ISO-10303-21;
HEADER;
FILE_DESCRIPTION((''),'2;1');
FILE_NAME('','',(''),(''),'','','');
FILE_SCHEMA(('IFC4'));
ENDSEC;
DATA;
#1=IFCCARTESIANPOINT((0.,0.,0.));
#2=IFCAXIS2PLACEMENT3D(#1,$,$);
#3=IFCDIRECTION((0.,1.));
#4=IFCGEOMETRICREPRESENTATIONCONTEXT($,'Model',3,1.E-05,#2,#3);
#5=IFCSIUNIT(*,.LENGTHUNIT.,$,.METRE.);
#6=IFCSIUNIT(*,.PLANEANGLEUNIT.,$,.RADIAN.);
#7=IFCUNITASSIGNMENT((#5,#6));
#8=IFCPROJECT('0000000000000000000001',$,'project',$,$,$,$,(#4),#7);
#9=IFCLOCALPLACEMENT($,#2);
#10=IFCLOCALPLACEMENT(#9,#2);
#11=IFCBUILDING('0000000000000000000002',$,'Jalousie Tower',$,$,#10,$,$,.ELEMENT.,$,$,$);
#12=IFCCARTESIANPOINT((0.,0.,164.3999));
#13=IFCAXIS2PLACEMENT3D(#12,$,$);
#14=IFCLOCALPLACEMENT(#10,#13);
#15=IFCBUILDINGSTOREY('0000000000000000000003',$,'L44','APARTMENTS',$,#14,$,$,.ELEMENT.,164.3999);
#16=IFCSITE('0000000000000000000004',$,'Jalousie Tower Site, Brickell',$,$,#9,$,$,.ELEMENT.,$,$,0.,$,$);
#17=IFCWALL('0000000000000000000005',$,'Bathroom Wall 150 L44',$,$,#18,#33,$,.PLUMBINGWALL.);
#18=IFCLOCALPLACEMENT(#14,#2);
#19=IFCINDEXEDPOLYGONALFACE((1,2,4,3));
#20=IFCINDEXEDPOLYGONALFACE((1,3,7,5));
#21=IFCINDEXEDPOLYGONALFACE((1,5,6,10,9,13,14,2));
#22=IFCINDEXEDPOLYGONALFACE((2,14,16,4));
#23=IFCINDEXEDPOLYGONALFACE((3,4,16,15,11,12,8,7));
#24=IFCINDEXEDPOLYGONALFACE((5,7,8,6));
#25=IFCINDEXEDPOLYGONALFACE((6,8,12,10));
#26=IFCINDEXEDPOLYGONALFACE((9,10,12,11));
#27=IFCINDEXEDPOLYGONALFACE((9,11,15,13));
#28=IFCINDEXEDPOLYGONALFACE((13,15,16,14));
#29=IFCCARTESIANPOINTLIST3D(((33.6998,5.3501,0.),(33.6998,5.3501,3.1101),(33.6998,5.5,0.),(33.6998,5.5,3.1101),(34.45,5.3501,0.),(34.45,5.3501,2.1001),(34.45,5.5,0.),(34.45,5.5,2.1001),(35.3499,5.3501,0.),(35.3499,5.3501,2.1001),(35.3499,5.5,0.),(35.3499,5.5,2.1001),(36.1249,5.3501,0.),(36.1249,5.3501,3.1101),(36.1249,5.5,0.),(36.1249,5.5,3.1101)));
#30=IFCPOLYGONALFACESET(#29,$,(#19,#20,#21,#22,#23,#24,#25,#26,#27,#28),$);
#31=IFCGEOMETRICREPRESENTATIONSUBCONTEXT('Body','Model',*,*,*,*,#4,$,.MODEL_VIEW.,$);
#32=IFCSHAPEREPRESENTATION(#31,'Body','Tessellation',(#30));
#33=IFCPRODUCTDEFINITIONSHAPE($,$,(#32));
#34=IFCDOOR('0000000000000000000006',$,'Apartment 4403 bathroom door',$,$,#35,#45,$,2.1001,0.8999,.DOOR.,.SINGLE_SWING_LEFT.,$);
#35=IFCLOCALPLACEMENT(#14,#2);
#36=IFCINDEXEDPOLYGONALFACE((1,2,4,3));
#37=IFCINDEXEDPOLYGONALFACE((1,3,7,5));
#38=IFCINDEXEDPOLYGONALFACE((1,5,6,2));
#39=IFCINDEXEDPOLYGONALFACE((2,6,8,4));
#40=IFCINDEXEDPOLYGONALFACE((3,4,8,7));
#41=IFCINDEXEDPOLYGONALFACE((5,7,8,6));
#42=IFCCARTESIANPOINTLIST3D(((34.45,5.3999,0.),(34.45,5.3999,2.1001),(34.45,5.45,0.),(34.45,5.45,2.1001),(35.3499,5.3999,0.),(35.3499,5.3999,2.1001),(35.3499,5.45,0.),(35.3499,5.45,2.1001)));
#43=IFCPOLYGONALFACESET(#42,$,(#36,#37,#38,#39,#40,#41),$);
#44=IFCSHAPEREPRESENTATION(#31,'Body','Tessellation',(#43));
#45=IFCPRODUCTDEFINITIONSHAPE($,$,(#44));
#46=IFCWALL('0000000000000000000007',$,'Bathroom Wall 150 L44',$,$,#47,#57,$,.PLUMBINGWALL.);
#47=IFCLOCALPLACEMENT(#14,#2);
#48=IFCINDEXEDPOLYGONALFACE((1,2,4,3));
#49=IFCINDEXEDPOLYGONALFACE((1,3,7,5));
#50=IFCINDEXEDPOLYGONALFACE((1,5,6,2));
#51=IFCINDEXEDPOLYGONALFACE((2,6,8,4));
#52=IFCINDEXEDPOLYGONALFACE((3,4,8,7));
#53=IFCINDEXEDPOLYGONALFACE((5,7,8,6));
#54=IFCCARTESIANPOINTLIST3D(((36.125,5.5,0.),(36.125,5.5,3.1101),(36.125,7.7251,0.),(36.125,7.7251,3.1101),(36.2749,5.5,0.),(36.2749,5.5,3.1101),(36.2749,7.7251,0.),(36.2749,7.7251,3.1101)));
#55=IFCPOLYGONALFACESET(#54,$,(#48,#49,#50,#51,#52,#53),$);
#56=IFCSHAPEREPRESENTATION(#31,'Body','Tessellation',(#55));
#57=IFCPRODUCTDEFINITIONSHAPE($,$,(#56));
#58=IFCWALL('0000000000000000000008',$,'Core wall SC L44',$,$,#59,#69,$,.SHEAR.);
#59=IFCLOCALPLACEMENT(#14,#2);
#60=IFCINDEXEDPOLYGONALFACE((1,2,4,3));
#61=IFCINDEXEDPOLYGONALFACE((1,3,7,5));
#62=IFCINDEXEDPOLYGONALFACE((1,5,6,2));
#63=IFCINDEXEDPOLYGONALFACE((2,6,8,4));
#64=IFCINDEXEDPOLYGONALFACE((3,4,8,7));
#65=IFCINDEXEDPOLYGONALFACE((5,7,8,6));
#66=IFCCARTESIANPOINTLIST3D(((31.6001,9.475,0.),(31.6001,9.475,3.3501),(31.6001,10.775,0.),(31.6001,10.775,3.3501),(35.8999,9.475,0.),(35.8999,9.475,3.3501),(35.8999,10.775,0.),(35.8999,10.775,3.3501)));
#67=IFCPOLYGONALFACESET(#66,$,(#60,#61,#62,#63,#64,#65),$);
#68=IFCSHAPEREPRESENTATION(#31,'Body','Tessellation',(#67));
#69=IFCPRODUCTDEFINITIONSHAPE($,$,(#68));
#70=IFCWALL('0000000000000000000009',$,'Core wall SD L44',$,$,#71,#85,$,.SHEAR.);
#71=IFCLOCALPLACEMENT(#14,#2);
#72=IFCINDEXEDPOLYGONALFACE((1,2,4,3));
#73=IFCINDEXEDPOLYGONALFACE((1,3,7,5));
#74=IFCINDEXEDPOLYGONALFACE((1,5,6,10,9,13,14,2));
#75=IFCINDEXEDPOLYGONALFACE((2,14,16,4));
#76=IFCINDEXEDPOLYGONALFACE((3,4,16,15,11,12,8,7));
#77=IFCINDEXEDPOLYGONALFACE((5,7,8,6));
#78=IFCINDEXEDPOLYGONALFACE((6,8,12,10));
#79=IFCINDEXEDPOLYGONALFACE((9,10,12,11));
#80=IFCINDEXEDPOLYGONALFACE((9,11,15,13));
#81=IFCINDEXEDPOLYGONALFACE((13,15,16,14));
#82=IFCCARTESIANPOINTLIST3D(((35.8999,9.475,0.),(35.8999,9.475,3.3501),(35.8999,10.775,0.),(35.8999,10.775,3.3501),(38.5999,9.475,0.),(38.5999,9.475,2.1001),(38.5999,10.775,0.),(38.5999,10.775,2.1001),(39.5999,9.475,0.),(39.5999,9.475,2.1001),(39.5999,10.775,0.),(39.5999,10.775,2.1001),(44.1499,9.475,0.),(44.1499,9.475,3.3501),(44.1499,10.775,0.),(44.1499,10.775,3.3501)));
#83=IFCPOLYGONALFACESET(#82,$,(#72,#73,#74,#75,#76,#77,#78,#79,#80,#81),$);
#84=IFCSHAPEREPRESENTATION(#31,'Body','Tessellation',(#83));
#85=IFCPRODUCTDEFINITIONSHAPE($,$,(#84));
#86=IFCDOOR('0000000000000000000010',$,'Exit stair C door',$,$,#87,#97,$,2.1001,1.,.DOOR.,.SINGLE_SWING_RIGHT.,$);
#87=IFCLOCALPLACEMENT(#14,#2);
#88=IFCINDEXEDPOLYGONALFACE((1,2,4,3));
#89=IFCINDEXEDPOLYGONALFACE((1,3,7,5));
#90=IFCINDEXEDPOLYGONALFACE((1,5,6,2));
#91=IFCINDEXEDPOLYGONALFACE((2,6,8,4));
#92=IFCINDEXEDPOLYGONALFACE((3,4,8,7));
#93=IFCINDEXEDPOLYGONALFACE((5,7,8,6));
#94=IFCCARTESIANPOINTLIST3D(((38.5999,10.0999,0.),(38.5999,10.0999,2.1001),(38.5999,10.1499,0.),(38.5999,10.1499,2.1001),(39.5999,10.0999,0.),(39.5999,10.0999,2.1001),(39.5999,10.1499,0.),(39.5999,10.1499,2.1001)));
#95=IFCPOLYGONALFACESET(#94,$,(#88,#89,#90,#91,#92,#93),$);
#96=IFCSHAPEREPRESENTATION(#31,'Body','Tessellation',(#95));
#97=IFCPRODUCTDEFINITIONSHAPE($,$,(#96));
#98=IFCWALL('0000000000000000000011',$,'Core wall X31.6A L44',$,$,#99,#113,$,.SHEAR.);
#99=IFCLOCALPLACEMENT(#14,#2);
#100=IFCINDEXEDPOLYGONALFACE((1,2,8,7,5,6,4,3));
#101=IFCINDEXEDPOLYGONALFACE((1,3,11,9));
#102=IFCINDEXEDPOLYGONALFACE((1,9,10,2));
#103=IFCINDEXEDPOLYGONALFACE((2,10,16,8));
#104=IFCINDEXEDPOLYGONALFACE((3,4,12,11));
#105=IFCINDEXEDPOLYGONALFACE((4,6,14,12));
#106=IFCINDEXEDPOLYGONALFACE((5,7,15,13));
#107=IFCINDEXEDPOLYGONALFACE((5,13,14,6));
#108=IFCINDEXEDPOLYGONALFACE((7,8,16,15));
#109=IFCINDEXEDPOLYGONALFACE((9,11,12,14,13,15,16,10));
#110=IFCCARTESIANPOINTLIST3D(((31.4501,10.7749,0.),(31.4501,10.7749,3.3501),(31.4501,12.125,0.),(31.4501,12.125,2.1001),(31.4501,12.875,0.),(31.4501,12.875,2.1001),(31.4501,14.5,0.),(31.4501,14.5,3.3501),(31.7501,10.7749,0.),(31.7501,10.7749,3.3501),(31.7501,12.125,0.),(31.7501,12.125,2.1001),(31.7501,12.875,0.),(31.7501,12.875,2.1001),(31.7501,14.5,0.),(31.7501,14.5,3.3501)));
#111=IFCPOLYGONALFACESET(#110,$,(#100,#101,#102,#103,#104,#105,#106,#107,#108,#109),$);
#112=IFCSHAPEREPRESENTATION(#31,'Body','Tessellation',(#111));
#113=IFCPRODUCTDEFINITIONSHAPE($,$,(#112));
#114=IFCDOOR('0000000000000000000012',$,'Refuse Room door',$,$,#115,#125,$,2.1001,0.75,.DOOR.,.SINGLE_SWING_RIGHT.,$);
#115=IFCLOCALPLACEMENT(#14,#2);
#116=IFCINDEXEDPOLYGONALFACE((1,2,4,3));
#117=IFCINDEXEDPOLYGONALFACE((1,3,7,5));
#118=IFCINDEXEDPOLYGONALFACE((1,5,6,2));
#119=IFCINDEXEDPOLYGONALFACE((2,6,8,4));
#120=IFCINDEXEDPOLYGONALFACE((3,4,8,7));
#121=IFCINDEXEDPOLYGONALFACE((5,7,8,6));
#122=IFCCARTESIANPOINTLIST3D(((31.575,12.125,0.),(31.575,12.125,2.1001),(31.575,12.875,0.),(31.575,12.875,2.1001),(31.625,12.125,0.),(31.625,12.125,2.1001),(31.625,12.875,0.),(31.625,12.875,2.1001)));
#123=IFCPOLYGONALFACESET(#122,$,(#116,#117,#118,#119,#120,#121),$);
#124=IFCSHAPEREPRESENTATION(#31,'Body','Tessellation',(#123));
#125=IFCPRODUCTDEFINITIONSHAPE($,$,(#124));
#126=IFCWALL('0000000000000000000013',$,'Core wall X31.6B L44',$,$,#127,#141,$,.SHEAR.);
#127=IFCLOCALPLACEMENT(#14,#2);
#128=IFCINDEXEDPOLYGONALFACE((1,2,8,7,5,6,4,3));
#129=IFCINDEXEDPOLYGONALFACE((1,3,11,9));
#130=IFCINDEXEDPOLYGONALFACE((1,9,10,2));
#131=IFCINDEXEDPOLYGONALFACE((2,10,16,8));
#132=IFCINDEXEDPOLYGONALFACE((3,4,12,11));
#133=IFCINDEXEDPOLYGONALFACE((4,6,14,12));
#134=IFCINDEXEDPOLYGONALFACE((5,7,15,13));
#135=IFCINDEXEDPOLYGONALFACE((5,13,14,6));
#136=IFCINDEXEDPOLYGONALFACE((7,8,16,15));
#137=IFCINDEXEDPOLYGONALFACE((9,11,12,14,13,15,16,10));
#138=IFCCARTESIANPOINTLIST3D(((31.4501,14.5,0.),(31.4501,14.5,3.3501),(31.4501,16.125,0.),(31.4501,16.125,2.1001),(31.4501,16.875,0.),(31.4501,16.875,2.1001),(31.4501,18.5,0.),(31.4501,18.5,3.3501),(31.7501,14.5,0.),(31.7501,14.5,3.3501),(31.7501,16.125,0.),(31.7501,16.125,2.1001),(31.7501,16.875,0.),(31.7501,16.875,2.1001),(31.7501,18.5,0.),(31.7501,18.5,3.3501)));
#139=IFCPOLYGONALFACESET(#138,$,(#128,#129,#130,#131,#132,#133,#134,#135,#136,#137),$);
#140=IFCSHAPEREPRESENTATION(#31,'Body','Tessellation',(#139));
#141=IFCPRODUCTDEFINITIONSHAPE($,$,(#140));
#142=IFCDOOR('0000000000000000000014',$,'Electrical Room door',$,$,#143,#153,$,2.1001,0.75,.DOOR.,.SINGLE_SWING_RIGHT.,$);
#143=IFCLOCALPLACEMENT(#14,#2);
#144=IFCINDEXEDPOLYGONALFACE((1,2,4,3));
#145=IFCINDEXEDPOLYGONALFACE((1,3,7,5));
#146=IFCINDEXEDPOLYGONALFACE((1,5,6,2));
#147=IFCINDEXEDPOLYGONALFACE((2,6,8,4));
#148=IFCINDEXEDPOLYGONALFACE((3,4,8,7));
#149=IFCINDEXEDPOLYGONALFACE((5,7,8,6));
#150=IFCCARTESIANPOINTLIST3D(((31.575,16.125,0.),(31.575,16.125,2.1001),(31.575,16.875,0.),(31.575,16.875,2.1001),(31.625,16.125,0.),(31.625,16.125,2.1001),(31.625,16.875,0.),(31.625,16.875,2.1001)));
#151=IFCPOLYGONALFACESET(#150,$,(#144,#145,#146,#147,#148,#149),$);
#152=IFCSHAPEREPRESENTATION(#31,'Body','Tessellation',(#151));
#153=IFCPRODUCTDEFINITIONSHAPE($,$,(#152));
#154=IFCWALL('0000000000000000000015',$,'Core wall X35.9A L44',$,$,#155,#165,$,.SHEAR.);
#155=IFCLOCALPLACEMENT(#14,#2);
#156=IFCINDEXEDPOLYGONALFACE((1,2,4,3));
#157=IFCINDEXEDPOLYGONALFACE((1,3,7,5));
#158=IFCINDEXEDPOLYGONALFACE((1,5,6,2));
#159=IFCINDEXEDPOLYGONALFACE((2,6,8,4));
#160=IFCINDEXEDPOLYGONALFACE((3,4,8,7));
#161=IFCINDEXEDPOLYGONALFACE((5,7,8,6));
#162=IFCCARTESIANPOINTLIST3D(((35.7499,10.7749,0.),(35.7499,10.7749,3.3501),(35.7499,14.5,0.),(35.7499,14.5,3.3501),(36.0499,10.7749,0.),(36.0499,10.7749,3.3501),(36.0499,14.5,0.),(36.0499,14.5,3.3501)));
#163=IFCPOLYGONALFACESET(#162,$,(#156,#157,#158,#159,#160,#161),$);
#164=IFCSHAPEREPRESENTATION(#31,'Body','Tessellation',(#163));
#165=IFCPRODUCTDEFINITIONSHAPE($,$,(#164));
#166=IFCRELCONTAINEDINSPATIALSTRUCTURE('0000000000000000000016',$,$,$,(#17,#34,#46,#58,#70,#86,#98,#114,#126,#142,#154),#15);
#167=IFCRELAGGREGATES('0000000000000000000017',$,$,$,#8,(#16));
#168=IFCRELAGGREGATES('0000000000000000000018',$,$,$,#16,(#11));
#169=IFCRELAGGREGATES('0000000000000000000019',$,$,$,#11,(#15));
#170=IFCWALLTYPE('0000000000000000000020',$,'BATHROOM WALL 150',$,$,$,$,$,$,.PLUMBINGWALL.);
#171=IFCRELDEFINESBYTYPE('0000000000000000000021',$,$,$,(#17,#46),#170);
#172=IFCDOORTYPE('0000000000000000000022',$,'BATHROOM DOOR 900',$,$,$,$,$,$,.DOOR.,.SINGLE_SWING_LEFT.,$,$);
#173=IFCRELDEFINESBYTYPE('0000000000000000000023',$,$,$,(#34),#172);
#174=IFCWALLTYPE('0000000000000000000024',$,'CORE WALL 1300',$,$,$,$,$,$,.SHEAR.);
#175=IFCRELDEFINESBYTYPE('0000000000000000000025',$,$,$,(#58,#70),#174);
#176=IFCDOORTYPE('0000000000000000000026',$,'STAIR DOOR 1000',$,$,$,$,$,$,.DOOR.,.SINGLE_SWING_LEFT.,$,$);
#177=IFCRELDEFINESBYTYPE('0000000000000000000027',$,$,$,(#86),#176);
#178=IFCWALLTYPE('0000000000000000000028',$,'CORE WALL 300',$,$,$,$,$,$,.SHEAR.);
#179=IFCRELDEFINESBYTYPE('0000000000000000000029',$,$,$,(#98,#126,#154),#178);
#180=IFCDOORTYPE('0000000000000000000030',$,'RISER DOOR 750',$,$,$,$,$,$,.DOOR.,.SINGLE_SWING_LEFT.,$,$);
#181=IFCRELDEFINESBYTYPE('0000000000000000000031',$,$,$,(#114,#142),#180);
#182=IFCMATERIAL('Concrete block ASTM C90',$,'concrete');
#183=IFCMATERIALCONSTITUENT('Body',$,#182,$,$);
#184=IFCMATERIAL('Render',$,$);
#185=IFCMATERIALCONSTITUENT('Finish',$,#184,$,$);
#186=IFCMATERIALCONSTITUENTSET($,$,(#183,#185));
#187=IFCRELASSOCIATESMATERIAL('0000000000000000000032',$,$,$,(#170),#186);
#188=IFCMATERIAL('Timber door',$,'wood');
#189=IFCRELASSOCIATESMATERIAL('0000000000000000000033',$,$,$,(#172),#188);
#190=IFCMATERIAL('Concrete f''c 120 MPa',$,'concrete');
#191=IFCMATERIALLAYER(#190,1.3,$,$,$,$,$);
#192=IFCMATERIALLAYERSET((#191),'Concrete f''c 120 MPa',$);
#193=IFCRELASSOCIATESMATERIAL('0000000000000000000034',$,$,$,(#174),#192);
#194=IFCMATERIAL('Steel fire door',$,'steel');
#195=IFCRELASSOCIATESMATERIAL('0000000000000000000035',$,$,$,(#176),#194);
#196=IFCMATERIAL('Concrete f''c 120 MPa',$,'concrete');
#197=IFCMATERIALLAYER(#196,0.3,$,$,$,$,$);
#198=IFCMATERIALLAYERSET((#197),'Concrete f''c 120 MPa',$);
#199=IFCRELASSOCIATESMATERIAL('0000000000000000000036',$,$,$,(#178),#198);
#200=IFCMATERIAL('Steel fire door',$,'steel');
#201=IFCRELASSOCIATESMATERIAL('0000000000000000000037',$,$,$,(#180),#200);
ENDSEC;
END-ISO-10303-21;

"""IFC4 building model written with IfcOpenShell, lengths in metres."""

from ifc_helpers import new_model, si_unit, direction, frame, frame_2d, origin, place, context, subcontext, project, spatial, rectangle, extrude, material, layer, layer_set, constituent, constituent_set, type_object, element, fill, save


model = new_model("IFC4")

# Units and contexts
model_context = context("Model", 3, precision=1e-05, world=origin(), true_north=direction((0.0, 1.0)))
body_context = subcontext(model_context, "Body", "Model", "MODEL_VIEW")
ifc_project = project(units=[si_unit("LENGTHUNIT", "METRE"), si_unit("PLANEANGLEUNIT", "RADIAN")], contexts=[model_context])

# Site, building, storey
site_placement = place(None, origin())
site = spatial("IfcSite", under=ifc_project, at=site_placement, Name="Jalousie Tower Site, Brickell", CompositionType="ELEMENT", RefElevation=0.0)
building_placement = place(site_placement, origin())
building = spatial("IfcBuilding", under=site, at=building_placement, Name="Jalousie Tower", CompositionType="ELEMENT")
storey_placement = place(building_placement, frame((0.0, 0.0, 164.3999)))
storey = spatial("IfcBuildingStorey", under=building, at=storey_placement, Name="L44", Description="APARTMENTS", CompositionType="ELEMENT", Elevation=164.3999)

# Wall, opening, door
ifc_material_1 = material(Name="Concrete block ASTM C90", Category="concrete")
ifc_constituent_1 = constituent(ifc_material_1, Name="Body")
ifc_material_2 = material(Name="Render")
ifc_constituent_2 = constituent(ifc_material_2, Name="Finish")
ifc_constituent_set_1 = constituent_set(constituents=[ifc_constituent_1, ifc_constituent_2])
wall_type_1 = type_object("IfcWallType", Name="BATHROOM WALL 150", PredefinedType="PLUMBINGWALL", material=ifc_constituent_set_1)
wall_1_placement = place(storey_placement, frame((33.7, 5.425, 0.0), z_axis=(0.0, 0.0, 1.0), x_axis=(1.0, 0.0, 0.0)))
wall_1 = element("IfcWall", 1, at=wall_1_placement, inside=storey, type_object=wall_type_1, Name="Bathroom Wall 150 L44", PredefinedType="PLUMBINGWALL", context=body_context, shape_type="SweptSolid", body=[
    extrude(rectangle(XDim=2.425, YDim=0.1499, at=frame_2d((1.2124, 0.0))), origin(), (0.0, 0.0, 1.0), 3.1101),
])
opening_1_placement = place(wall_1_placement, frame((0.75, 0.0, 0.0)))
opening_1 = element("IfcOpeningElement", 2, at=opening_1_placement, cuts=wall_1, PredefinedType="OPENING", context=body_context, shape_type="SweptSolid", body=[
    extrude(rectangle(XDim=0.8999, YDim=2.1001, at=frame_2d((0.45, 1.05))), frame((0.0, 0.085, 0.0), z_axis=(0.0, -1.0, 0.0), x_axis=(1.0, 0.0, 0.0)), (0.0, 0.0, 1.0), 0.1699),
])
ifc_material_3 = material(Name="Timber door", Category="wood")
door_type_1 = type_object("IfcDoorType", Name="BATHROOM DOOR 900", OperationType="SINGLE_SWING_LEFT", PredefinedType="DOOR", material=ifc_material_3)
door_1_placement = place(opening_1_placement, origin())
door_1 = element("IfcDoor", 3, at=door_1_placement, inside=storey, type_object=door_type_1, Name="Apartment 4403 bathroom door", OperationType="SINGLE_SWING_LEFT", OverallHeight=2.1001, OverallWidth=0.8999, PredefinedType="DOOR", context=body_context, shape_type="SweptSolid", body=[
    extrude(rectangle(XDim=0.8999, YDim=2.1001, at=frame_2d((0.45, 1.05))), frame((0.0, 0.0249, 0.0), z_axis=(0.0, -1.0, 0.0), x_axis=(1.0, 0.0, 0.0)), (0.0, 0.0, 1.0), 0.05),
])
fill(opening_1, door_1)

# Walls
wall_2_placement = place(storey_placement, frame((36.2, 5.5, 0.0), z_axis=(0.0, 0.0, 1.0), x_axis=(0.0, 1.0, 0.0)))
element("IfcWall", 4, at=wall_2_placement, inside=storey, type_object=wall_type_1, Name="Bathroom Wall 150 L44", PredefinedType="PLUMBINGWALL", context=body_context, shape_type="SweptSolid", body=[
    extrude(rectangle(XDim=2.2251, YDim=0.1499, at=frame_2d((1.1125, 0.0))), origin(), (0.0, 0.0, 1.0), 3.1101),
])
ifc_material_4 = material(Name="Concrete f'c 120 MPa", Category="concrete")
ifc_layer_1 = layer(ifc_material_4, 1.3)
ifc_layer_set_1 = layer_set([ifc_layer_1], Name="Concrete f'c 120 MPa")
wall_type_2 = type_object("IfcWallType", Name="CORE WALL 1300", PredefinedType="SHEAR", material=ifc_layer_set_1)
wall_3_placement = place(storey_placement, frame((31.6001, 10.125, 0.0), z_axis=(0.0, 0.0, 1.0), x_axis=(1.0, 0.0, 0.0)))
element("IfcWall", 5, at=wall_3_placement, inside=storey, type_object=wall_type_2, Name="Core wall SC L44", PredefinedType="SHEAR", context=body_context, shape_type="SweptSolid", body=[
    extrude(rectangle(XDim=4.2998, YDim=1.3, at=frame_2d((2.1499, 0.0))), origin(), (0.0, 0.0, 1.0), 3.3501),
])

# Walls, openings, doors
wall_4_placement = place(storey_placement, frame((35.8999, 10.125, 0.0), z_axis=(0.0, 0.0, 1.0), x_axis=(1.0, 0.0, 0.0)))
wall_4 = element("IfcWall", 6, at=wall_4_placement, inside=storey, type_object=wall_type_2, Name="Core wall SD L44", PredefinedType="SHEAR", context=body_context, shape_type="SweptSolid", body=[
    extrude(rectangle(XDim=8.25, YDim=1.3, at=frame_2d((4.125, 0.0))), origin(), (0.0, 0.0, 1.0), 3.3501),
])
opening_2_placement = place(wall_4_placement, frame((2.7, 0.0, 0.0)))
opening_2 = element("IfcOpeningElement", 7, at=opening_2_placement, cuts=wall_4, PredefinedType="OPENING", context=body_context, shape_type="SweptSolid", body=[
    extrude(rectangle(XDim=1.0, YDim=2.1001, at=frame_2d((0.5, 1.05))), frame((0.0, 0.6599, 0.0), z_axis=(0.0, -1.0, 0.0), x_axis=(1.0, 0.0, 0.0)), (0.0, 0.0, 1.0), 1.3201),
])
ifc_material_5 = material(Name="Steel fire door", Category="steel")
door_type_2 = type_object("IfcDoorType", Name="STAIR DOOR 1000", OperationType="SINGLE_SWING_LEFT", PredefinedType="DOOR", material=ifc_material_5)
door_2_placement = place(opening_2_placement, origin())
door_2 = element("IfcDoor", 8, at=door_2_placement, inside=storey, type_object=door_type_2, Name="Exit stair C door", OperationType="SINGLE_SWING_RIGHT", OverallHeight=2.1001, OverallWidth=1.0, PredefinedType="DOOR", context=body_context, shape_type="SweptSolid", body=[
    extrude(rectangle(XDim=1.0, YDim=2.1001, at=frame_2d((0.5, 1.05))), frame((0.0, 0.0249, 0.0), z_axis=(0.0, -1.0, 0.0), x_axis=(1.0, 0.0, 0.0)), (0.0, 0.0, 1.0), 0.05),
])
fill(opening_2, door_2)
ifc_material_6 = material(Name="Concrete f'c 120 MPa", Category="concrete")
ifc_layer_2 = layer(ifc_material_6, 0.3)
ifc_layer_set_2 = layer_set([ifc_layer_2], Name="Concrete f'c 120 MPa")
wall_type_3 = type_object("IfcWallType", Name="CORE WALL 300", PredefinedType="SHEAR", material=ifc_layer_set_2)
wall_5_placement = place(storey_placement, frame((31.6001, 10.7749, 0.0), z_axis=(0.0, 0.0, 1.0), x_axis=(0.0, 1.0, 0.0)))
wall_5 = element("IfcWall", 9, at=wall_5_placement, inside=storey, type_object=wall_type_3, Name="Core wall X31.6A L44", PredefinedType="SHEAR", context=body_context, shape_type="SweptSolid", body=[
    extrude(rectangle(XDim=3.7251, YDim=0.3, at=frame_2d((1.8625, 0.0))), origin(), (0.0, 0.0, 1.0), 3.3501),
])
opening_3_placement = place(wall_5_placement, frame((1.3501, 0.0, 0.0)))
opening_3 = element("IfcOpeningElement", 10, at=opening_3_placement, cuts=wall_5, PredefinedType="OPENING", context=body_context, shape_type="SweptSolid", body=[
    extrude(rectangle(XDim=0.75, YDim=2.1001, at=frame_2d((0.375, 1.05))), frame((0.0, 0.1599, 0.0), z_axis=(0.0, -1.0, 0.0), x_axis=(1.0, 0.0, 0.0)), (0.0, 0.0, 1.0), 0.3201),
])
ifc_material_7 = material(Name="Steel fire door", Category="steel")
door_type_3 = type_object("IfcDoorType", Name="RISER DOOR 750", OperationType="SINGLE_SWING_LEFT", PredefinedType="DOOR", material=ifc_material_7)
door_3_placement = place(opening_3_placement, frame((0.75, 0.0, 0.0), z_axis=(0.0, 0.0, 1.0), x_axis=(-1.0, 0.0, 0.0)))
door_3 = element("IfcDoor", 11, at=door_3_placement, inside=storey, type_object=door_type_3, Name="Refuse Room door", OperationType="SINGLE_SWING_RIGHT", OverallHeight=2.1001, OverallWidth=0.75, PredefinedType="DOOR", context=body_context, shape_type="SweptSolid", body=[
    extrude(rectangle(XDim=0.75, YDim=2.1001, at=frame_2d((0.375, 1.05))), frame((0.0, 0.0249, 0.0), z_axis=(0.0, -1.0, 0.0), x_axis=(1.0, 0.0, 0.0)), (0.0, 0.0, 1.0), 0.05),
])
fill(opening_3, door_3)
wall_6_placement = place(storey_placement, frame((31.6001, 14.5, 0.0), z_axis=(0.0, 0.0, 1.0), x_axis=(0.0, 1.0, 0.0)))
wall_6 = element("IfcWall", 12, at=wall_6_placement, inside=storey, type_object=wall_type_3, Name="Core wall X31.6B L44", PredefinedType="SHEAR", context=body_context, shape_type="SweptSolid", body=[
    extrude(rectangle(XDim=4.0, YDim=0.3, at=frame_2d((2.0, 0.0))), origin(), (0.0, 0.0, 1.0), 3.3501),
])
opening_4_placement = place(wall_6_placement, frame((1.625, 0.0, 0.0)))
opening_4 = element("IfcOpeningElement", 13, at=opening_4_placement, cuts=wall_6, PredefinedType="OPENING", context=body_context, shape_type="SweptSolid", body=[
    extrude(rectangle(XDim=0.75, YDim=2.1001, at=frame_2d((0.375, 1.05))), frame((0.0, 0.1599, 0.0), z_axis=(0.0, -1.0, 0.0), x_axis=(1.0, 0.0, 0.0)), (0.0, 0.0, 1.0), 0.3201),
])
door_4_placement = place(opening_4_placement, frame((0.75, 0.0, 0.0), z_axis=(0.0, 0.0, 1.0), x_axis=(-1.0, 0.0, 0.0)))
door_4 = element("IfcDoor", 14, at=door_4_placement, inside=storey, type_object=door_type_3, Name="Electrical Room door", OperationType="SINGLE_SWING_RIGHT", OverallHeight=2.1001, OverallWidth=0.75, PredefinedType="DOOR", context=body_context, shape_type="SweptSolid", body=[
    extrude(rectangle(XDim=0.75, YDim=2.1001, at=frame_2d((0.375, 1.05))), frame((0.0, 0.0249, 0.0), z_axis=(0.0, -1.0, 0.0), x_axis=(1.0, 0.0, 0.0)), (0.0, 0.0, 1.0), 0.05),
])
fill(opening_4, door_4)

# Wall
wall_7_placement = place(storey_placement, frame((35.8999, 10.7749, 0.0), z_axis=(0.0, 0.0, 1.0), x_axis=(0.0, 1.0, 0.0)))
element("IfcWall", 15, at=wall_7_placement, inside=storey, type_object=wall_type_3, Name="Core wall X35.9A L44", PredefinedType="SHEAR", context=body_context, shape_type="SweptSolid", body=[
    extrude(rectangle(XDim=3.7251, YDim=0.3, at=frame_2d((1.8625, 0.0))), origin(), (0.0, 0.0, 1.0), 3.3501),
])

save(model, "model.ifc")
